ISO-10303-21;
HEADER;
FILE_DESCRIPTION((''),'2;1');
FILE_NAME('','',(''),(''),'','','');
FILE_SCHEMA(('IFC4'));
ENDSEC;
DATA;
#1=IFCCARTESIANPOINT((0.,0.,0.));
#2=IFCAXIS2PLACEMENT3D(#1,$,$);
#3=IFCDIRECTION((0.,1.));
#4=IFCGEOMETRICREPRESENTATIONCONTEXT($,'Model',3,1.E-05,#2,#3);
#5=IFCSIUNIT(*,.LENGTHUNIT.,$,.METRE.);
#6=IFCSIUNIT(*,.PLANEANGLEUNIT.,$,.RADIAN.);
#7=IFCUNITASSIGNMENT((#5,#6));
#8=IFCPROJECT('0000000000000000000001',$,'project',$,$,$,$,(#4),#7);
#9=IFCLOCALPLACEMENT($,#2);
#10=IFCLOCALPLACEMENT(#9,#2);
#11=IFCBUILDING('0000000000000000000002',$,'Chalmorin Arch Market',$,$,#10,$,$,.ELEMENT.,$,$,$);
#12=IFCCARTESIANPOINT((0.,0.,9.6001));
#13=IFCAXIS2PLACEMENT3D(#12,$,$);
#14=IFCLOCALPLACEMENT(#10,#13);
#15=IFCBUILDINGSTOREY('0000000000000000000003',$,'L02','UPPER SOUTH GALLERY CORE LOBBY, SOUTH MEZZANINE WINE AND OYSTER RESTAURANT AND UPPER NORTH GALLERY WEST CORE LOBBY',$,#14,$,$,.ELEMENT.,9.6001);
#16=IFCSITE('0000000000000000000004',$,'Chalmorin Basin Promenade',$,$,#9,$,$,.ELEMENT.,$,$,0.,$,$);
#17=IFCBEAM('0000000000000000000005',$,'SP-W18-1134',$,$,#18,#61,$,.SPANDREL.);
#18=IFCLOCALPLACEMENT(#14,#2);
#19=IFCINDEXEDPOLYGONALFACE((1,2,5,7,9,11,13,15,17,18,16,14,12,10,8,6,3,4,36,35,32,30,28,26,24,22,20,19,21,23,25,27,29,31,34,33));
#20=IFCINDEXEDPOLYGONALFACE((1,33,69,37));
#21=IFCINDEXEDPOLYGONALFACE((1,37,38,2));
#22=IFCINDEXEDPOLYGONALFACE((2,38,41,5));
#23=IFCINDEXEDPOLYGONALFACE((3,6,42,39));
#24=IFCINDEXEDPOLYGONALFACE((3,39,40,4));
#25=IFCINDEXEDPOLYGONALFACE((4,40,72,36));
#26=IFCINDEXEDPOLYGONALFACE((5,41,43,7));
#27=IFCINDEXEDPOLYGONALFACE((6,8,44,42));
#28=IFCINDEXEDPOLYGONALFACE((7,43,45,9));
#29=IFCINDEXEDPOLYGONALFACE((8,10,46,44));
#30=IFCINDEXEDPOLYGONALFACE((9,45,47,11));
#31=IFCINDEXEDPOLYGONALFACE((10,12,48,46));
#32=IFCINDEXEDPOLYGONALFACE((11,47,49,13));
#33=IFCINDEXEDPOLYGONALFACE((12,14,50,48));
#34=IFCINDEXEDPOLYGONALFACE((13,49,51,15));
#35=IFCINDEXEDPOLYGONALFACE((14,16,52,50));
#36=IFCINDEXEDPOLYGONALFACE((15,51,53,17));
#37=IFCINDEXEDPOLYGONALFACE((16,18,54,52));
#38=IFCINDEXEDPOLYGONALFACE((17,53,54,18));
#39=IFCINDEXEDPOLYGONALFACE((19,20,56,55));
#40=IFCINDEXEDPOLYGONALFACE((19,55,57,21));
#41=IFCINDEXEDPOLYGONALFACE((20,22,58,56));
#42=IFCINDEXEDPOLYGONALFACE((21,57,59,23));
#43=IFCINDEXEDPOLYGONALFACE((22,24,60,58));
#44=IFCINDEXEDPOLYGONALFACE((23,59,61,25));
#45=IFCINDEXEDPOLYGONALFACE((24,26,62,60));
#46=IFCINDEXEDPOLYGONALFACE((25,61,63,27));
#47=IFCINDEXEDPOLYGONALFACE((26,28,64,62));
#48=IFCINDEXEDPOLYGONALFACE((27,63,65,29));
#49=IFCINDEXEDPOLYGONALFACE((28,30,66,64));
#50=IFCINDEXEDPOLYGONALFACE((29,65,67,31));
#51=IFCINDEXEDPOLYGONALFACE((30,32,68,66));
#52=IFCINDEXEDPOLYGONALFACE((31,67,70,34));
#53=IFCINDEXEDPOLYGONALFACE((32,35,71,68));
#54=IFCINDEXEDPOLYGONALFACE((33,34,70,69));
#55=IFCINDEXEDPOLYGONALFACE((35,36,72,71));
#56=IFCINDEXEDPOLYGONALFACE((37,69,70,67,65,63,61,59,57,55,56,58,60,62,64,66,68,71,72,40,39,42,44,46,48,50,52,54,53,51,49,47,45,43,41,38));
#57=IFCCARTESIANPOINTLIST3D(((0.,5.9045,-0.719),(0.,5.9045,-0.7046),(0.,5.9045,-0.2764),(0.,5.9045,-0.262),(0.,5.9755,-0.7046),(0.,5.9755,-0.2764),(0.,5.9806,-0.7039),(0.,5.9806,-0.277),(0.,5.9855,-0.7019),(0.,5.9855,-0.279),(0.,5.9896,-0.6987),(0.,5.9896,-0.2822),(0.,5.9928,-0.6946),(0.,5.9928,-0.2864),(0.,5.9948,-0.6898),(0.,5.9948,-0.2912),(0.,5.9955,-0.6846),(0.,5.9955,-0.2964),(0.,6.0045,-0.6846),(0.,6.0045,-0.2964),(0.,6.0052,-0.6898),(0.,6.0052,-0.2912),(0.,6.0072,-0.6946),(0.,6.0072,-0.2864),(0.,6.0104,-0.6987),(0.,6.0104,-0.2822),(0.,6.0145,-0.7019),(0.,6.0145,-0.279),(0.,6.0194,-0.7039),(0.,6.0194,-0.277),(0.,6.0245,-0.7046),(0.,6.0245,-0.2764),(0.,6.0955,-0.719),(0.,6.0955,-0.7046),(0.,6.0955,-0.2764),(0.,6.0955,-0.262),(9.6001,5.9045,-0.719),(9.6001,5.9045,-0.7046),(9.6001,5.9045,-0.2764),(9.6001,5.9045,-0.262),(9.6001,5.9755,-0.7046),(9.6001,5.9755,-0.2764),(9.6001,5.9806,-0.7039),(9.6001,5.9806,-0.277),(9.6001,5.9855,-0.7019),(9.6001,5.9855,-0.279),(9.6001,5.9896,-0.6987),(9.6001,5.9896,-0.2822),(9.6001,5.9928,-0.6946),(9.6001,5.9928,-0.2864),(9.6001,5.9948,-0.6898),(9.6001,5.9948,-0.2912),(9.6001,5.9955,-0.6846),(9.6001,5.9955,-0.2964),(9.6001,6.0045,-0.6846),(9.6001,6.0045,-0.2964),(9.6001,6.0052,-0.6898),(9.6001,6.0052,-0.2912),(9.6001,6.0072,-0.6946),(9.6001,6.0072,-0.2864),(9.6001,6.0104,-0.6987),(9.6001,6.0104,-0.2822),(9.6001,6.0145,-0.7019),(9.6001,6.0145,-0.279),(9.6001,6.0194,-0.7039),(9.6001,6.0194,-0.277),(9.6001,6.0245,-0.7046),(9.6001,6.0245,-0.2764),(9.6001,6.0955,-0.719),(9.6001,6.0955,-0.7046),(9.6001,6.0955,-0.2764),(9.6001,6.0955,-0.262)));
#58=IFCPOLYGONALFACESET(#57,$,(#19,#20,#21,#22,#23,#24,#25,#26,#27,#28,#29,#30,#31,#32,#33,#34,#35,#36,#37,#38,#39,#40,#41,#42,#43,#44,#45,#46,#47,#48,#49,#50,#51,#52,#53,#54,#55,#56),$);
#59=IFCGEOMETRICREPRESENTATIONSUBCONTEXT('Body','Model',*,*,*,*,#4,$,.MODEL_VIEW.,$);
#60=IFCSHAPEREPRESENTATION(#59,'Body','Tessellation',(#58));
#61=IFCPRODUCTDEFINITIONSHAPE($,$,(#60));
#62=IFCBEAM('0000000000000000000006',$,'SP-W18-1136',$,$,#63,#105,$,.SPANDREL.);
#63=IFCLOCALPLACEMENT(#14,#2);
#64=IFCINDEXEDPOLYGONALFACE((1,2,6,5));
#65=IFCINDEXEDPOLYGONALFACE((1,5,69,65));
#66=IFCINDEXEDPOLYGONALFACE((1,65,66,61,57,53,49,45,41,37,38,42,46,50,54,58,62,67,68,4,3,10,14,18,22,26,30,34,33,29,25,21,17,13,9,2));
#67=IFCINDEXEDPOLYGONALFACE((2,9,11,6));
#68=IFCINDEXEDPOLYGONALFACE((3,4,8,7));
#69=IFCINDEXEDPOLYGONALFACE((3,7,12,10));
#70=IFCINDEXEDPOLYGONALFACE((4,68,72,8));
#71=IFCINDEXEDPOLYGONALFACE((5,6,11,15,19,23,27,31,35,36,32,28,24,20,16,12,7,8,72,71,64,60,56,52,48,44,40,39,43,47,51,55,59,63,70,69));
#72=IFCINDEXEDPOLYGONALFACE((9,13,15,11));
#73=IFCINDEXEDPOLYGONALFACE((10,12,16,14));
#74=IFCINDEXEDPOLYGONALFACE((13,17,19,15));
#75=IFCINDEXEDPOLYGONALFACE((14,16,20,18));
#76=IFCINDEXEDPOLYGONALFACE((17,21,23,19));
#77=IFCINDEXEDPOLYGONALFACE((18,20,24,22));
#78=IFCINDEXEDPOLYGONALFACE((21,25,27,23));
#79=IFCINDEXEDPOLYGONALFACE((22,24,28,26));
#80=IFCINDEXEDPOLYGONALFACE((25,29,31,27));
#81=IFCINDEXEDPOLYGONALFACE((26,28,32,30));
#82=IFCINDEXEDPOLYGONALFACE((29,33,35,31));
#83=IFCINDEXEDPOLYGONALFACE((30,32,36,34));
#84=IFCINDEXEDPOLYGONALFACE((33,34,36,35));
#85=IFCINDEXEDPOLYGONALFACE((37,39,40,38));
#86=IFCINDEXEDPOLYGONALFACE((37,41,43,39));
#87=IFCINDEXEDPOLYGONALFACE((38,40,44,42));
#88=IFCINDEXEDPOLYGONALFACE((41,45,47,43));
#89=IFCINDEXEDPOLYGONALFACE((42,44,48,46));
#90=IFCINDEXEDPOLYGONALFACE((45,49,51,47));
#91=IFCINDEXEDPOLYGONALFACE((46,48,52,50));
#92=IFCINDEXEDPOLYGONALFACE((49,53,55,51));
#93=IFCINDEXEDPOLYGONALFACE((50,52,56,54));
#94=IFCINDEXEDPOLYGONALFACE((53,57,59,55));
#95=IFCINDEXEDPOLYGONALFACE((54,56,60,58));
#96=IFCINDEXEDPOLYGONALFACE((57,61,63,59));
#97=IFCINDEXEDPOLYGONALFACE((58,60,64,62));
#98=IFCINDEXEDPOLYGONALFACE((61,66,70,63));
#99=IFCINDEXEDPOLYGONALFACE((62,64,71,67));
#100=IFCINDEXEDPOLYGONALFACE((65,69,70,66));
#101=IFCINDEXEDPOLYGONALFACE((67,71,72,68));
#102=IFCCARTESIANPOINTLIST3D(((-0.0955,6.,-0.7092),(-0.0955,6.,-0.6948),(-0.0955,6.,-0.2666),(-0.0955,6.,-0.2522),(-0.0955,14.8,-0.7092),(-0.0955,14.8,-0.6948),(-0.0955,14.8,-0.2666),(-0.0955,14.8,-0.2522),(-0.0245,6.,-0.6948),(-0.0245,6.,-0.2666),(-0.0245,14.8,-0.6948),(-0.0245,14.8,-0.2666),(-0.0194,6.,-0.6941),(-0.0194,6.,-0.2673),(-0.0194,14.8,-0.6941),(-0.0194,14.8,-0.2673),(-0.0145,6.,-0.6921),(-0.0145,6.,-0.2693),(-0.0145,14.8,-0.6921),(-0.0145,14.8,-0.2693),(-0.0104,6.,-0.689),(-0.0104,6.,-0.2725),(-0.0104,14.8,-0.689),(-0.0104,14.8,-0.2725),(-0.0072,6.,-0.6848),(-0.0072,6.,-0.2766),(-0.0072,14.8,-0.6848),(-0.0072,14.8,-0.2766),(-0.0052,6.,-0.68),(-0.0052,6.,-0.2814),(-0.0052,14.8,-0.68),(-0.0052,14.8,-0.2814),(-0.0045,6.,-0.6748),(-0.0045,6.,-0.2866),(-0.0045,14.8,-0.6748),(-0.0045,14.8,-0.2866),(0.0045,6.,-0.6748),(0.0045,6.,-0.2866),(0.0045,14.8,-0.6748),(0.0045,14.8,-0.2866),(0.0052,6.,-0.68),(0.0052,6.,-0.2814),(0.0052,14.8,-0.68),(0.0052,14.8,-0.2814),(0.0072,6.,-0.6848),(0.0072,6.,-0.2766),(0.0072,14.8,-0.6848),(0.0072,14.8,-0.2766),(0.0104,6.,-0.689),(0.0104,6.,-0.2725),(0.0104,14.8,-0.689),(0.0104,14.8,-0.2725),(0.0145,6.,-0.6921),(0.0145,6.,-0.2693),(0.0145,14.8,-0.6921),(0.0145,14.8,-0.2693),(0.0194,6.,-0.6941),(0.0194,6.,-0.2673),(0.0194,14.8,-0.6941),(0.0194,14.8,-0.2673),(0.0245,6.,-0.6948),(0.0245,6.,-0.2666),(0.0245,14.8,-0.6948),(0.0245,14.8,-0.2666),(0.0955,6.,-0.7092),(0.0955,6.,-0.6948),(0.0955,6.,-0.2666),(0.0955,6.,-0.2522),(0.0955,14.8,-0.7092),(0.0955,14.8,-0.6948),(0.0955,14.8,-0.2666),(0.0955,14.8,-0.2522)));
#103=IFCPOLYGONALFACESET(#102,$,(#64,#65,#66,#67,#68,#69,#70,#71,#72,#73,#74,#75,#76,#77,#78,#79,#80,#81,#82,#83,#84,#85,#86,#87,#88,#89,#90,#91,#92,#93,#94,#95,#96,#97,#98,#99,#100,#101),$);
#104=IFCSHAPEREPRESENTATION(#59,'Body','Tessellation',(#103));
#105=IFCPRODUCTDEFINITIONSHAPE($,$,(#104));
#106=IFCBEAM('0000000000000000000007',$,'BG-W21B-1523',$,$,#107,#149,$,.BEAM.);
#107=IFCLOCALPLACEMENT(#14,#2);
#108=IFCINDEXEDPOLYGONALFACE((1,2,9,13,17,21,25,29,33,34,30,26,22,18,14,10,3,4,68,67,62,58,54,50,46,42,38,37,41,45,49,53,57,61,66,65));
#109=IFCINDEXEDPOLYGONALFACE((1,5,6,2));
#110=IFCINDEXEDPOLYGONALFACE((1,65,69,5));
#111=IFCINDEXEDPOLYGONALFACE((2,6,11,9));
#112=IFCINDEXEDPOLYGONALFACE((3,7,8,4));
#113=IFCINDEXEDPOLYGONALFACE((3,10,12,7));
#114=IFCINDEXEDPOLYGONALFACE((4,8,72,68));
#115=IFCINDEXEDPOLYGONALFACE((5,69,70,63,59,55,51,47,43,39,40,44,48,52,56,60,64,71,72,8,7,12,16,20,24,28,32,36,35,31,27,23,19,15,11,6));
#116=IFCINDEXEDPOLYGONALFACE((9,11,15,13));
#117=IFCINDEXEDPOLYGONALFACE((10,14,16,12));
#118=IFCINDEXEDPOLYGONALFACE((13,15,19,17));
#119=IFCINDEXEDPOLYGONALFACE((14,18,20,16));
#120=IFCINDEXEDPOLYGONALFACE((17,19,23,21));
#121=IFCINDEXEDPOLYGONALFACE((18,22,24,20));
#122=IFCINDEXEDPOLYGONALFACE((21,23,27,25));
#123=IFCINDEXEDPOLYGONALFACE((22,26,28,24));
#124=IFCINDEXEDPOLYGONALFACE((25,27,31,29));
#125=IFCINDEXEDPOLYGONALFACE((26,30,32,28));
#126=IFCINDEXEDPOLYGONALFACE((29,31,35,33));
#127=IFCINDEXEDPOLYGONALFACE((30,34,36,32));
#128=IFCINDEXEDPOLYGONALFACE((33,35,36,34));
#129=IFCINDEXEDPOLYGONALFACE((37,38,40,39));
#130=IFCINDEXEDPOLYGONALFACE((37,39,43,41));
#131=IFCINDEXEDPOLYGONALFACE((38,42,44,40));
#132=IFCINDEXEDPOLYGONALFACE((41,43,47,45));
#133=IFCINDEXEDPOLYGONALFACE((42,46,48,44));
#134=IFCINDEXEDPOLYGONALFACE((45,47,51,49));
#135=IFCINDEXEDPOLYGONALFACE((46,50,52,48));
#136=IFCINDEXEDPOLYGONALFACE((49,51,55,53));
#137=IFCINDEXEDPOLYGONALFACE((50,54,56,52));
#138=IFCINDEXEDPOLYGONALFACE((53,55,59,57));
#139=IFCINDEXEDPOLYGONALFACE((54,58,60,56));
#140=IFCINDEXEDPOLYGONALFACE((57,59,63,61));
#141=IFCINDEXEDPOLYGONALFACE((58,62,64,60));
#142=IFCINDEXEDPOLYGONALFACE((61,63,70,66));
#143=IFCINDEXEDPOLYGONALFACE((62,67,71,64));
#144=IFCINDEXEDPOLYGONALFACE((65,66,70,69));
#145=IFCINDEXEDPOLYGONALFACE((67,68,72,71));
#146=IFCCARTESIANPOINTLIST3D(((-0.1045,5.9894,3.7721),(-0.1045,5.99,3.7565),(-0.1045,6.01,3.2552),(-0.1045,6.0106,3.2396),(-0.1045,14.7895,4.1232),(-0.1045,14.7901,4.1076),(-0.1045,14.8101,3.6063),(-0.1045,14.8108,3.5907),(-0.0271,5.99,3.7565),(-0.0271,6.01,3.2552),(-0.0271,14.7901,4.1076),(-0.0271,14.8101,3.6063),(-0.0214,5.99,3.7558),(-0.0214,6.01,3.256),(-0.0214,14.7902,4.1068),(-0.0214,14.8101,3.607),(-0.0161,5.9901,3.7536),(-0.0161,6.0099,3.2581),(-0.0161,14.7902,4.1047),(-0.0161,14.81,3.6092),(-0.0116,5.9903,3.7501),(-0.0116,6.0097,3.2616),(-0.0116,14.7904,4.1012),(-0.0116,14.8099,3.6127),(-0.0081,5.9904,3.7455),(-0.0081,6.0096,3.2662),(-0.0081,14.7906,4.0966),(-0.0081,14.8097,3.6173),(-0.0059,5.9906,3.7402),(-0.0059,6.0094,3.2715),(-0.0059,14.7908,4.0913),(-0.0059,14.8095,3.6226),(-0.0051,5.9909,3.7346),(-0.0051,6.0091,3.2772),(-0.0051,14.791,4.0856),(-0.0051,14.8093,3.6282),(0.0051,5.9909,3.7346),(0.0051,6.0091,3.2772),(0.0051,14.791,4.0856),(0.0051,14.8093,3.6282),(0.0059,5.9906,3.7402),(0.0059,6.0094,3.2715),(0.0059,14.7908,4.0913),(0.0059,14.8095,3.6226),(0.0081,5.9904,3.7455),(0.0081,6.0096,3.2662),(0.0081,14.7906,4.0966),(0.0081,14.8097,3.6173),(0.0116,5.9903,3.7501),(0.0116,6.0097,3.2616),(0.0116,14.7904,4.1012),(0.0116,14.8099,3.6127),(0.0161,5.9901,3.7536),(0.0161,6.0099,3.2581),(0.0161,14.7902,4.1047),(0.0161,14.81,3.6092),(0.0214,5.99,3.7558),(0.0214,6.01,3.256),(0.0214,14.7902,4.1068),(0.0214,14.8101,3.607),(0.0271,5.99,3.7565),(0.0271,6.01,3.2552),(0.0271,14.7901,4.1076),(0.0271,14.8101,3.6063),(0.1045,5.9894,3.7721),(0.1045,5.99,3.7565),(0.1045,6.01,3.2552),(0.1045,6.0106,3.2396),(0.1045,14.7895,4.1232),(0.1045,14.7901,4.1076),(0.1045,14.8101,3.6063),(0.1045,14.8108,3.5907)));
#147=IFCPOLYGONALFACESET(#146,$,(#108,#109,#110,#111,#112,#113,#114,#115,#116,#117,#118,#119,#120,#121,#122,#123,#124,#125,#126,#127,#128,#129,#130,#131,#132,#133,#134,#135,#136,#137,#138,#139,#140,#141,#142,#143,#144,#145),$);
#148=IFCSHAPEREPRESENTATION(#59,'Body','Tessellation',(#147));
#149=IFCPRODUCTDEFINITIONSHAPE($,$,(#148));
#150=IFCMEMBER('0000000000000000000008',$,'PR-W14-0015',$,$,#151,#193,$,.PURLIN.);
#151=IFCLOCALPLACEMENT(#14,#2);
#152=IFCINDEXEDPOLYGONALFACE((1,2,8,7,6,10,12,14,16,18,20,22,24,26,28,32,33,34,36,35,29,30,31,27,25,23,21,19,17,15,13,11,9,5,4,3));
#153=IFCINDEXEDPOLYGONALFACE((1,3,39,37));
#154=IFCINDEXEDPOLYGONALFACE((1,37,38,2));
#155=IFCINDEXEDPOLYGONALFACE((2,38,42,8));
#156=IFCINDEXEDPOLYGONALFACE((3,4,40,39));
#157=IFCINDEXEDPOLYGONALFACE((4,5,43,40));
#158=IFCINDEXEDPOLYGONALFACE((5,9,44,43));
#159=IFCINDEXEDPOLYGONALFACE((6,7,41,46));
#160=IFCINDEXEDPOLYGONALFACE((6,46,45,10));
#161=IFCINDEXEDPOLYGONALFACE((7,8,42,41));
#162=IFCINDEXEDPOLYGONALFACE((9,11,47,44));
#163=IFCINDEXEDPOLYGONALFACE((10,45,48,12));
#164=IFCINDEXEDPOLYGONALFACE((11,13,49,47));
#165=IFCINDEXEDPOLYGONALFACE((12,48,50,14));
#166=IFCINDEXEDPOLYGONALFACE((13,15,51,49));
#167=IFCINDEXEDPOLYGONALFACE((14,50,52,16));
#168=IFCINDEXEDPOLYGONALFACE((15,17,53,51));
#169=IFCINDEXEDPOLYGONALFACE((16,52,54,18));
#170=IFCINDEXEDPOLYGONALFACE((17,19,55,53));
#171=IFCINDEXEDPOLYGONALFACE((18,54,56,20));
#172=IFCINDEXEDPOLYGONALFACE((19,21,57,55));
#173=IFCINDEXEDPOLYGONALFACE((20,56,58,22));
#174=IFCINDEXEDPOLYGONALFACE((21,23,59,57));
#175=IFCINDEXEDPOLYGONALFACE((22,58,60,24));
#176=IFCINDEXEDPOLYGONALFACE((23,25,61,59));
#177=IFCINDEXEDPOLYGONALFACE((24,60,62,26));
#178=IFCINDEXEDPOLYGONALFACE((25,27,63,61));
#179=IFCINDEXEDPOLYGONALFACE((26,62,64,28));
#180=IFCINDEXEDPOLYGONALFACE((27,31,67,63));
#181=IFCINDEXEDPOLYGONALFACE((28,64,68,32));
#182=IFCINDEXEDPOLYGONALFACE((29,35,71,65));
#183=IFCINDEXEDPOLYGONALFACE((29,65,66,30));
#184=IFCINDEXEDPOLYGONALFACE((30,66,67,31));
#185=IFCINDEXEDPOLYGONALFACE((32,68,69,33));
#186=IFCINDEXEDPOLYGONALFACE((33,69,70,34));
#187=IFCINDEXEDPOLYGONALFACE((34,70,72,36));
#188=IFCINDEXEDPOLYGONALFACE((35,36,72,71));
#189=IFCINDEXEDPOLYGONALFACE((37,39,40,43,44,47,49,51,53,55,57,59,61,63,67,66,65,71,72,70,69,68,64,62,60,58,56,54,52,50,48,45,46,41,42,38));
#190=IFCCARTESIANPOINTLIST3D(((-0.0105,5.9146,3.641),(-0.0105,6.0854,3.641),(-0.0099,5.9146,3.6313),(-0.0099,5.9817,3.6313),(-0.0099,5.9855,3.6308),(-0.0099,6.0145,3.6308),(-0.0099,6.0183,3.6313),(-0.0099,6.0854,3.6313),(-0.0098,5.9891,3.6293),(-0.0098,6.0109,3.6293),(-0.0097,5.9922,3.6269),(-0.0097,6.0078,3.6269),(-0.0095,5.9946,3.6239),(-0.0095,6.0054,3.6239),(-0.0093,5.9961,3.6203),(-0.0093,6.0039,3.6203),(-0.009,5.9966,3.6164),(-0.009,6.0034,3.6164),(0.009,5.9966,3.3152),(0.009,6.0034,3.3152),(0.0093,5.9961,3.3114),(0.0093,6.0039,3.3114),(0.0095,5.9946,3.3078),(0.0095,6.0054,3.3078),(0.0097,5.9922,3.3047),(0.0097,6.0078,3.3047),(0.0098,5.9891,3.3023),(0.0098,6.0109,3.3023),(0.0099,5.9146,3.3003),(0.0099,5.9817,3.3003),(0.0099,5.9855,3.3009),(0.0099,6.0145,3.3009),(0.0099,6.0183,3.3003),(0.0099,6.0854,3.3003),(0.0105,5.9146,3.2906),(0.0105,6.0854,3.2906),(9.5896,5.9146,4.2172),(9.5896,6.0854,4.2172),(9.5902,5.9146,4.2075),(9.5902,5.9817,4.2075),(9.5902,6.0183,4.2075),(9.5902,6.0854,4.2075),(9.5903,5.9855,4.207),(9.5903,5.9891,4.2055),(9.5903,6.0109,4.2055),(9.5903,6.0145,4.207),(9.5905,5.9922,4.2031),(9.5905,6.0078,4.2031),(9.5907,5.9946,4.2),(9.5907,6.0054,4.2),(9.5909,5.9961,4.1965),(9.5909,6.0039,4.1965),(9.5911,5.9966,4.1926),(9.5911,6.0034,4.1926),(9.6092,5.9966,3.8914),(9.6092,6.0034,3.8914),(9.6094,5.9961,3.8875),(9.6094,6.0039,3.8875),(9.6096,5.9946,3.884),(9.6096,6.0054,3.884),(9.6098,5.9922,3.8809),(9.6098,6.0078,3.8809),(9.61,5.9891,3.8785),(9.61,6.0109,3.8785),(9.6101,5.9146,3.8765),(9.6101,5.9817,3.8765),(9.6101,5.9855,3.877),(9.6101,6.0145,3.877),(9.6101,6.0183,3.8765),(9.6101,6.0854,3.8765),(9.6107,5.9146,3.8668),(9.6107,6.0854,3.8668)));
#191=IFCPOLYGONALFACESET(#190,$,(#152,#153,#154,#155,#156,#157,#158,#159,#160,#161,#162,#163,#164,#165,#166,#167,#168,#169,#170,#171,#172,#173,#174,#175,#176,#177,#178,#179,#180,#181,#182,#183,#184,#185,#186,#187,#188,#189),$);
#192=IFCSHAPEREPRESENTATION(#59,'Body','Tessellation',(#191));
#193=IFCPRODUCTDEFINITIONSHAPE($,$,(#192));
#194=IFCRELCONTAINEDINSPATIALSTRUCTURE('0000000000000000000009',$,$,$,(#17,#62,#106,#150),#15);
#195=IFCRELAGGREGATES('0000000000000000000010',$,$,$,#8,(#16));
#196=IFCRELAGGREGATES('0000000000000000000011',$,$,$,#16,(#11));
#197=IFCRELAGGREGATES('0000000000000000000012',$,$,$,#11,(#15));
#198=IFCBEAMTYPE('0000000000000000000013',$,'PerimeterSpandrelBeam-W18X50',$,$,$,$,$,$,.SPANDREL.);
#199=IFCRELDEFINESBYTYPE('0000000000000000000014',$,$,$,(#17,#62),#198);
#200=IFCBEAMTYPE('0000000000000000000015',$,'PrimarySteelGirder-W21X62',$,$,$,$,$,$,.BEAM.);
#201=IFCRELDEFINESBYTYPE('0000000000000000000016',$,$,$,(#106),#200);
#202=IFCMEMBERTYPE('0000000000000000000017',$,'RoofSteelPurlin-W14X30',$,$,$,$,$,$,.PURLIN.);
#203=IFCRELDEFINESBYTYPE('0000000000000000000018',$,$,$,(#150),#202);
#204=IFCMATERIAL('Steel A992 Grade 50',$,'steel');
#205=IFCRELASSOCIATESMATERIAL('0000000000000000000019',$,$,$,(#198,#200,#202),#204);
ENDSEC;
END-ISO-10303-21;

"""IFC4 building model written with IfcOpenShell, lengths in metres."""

from ifc_helpers import new_model, si_unit, direction, frame, origin, origin_2d, place, context, subcontext, project, spatial, i_section, extrude, material, material_profile, profile_set, type_object, element, save


model = new_model("IFC4")

# Units and contexts
model_context = context("Model", 3, precision=1e-05, world=origin(), true_north=direction((0.0, 1.0)))
body_context = subcontext(model_context, "Body", "Model", "MODEL_VIEW")
ifc_project = project(units=[si_unit("LENGTHUNIT", "METRE"), si_unit("PLANEANGLEUNIT", "RADIAN")], contexts=[model_context])

# Site, building, storey
site_placement = place(None, origin())
site = spatial("IfcSite", under=ifc_project, at=site_placement, Name="Chalmorin Basin Promenade", CompositionType="ELEMENT", RefElevation=0.0)
building_placement = place(site_placement, origin())
building = spatial("IfcBuilding", under=site, at=building_placement, Name="Chalmorin Arch Market", CompositionType="ELEMENT")
storey_placement = place(building_placement, frame((0.0, 0.0, 9.6001)))
storey = spatial("IfcBuildingStorey", under=building, at=storey_placement, Name="L02", Description="UPPER SOUTH GALLERY CORE LOBBY, SOUTH MEZZANINE WINE AND OYSTER RESTAURANT AND UPPER NORTH GALLERY WEST CORE LOBBY", CompositionType="ELEMENT", Elevation=9.6001)

# Beams
ifc_material_1 = material(Name="Steel A992 Grade 50", Category="steel")
ifc_material_profile_1 = material_profile(ifc_material_1, i_section(OverallWidth=0.1909, OverallDepth=0.457, WebThickness=0.009, FlangeThickness=0.0144, FilletRadius=0.02, at=origin_2d()), Name="W18X50")
ifc_profile_set_1 = profile_set([ifc_material_profile_1], Name="Steel A992 Grade 50")
beam_type_1 = type_object("IfcBeamType", Name="PerimeterSpandrelBeam-W18X50", PredefinedType="SPANDREL", material=ifc_profile_set_1)
beam_1_placement = place(storey_placement, frame((0.0, 6.0, -0.4905), z_axis=(1.0, 0.0, 0.0), x_axis=(0.0, 1.0, 0.0)))
element("IfcBeam", 1, at=beam_1_placement, inside=storey, type_object=beam_type_1, Name="SP-W18-1134", PredefinedType="SPANDREL", context=body_context, shape_type="SweptSolid", body=[
    extrude(i_section(OverallWidth=0.1909, OverallDepth=0.457, WebThickness=0.009, FlangeThickness=0.0144, FilletRadius=0.02, at=origin_2d()), origin(), (0.0, 0.0, 1.0), 9.6001),
])
beam_2_placement = place(storey_placement, frame((0.0, 6.0, -0.4807), z_axis=(0.0, 1.0, 0.0), x_axis=(-1.0, 0.0, 0.0)))
element("IfcBeam", 2, at=beam_2_placement, inside=storey, type_object=beam_type_1, Name="SP-W18-1136", PredefinedType="SPANDREL", context=body_context, shape_type="SweptSolid", body=[
    extrude(i_section(OverallWidth=0.1909, OverallDepth=0.457, WebThickness=0.009, FlangeThickness=0.0144, FilletRadius=0.02, at=origin_2d()), origin(), (0.0, 0.0, 1.0), 8.8),
])
ifc_material_profile_2 = material_profile(ifc_material_1, i_section(OverallWidth=0.209, OverallDepth=0.533, WebThickness=0.0103, FlangeThickness=0.0156, FilletRadius=0.022, at=origin_2d()), Name="W21X62")
ifc_profile_set_2 = profile_set([ifc_material_profile_2], Name="Steel A992 Grade 50")
beam_type_2 = type_object("IfcBeamType", Name="PrimarySteelGirder-W21X62", PredefinedType="BEAM", material=ifc_profile_set_2)
beam_3_placement = place(storey_placement, frame((0.0, 6.0, 3.5059), z_axis=(0.0, 0.999205, 0.039863), x_axis=(-1.0, 0.0, 0.0)))
element("IfcBeam", 3, at=beam_3_placement, inside=storey, type_object=beam_type_2, Name="BG-W21B-1523", PredefinedType="BEAM", context=body_context, shape_type="SweptSolid", body=[
    extrude(i_section(OverallWidth=0.209, OverallDepth=0.533, WebThickness=0.0103, FlangeThickness=0.0156, FilletRadius=0.022, at=origin_2d()), origin(), (0.0, 0.0, 1.0), 8.8071),
])

# Member
ifc_material_profile_3 = material_profile(ifc_material_1, i_section(OverallWidth=0.1709, OverallDepth=0.3511, WebThickness=0.0068, FlangeThickness=0.0098, FilletRadius=0.0149, at=origin_2d()), Name="W14X30")
ifc_profile_set_3 = profile_set([ifc_material_profile_3], Name="Steel A992 Grade 50")
member_type_1 = type_object("IfcMemberType", Name="RoofSteelPurlin-W14X30", PredefinedType="PURLIN", material=ifc_profile_set_3)
member_1_placement = place(storey_placement, frame((0.0, 6.0, 3.4658), z_axis=(0.998204, 0.0, 0.059909), x_axis=(0.0, 1.0, 0.0)))
element("IfcMember", 4, at=member_1_placement, inside=storey, type_object=member_type_1, Name="PR-W14-0015", PredefinedType="PURLIN", context=body_context, shape_type="SweptSolid", body=[
    extrude(i_section(OverallWidth=0.1709, OverallDepth=0.3511, WebThickness=0.0068, FlangeThickness=0.0098, FilletRadius=0.0149, at=origin_2d()), origin(), (0.0, 0.0, 1.0), 9.6174),
])

save(model, "model.ifc")
